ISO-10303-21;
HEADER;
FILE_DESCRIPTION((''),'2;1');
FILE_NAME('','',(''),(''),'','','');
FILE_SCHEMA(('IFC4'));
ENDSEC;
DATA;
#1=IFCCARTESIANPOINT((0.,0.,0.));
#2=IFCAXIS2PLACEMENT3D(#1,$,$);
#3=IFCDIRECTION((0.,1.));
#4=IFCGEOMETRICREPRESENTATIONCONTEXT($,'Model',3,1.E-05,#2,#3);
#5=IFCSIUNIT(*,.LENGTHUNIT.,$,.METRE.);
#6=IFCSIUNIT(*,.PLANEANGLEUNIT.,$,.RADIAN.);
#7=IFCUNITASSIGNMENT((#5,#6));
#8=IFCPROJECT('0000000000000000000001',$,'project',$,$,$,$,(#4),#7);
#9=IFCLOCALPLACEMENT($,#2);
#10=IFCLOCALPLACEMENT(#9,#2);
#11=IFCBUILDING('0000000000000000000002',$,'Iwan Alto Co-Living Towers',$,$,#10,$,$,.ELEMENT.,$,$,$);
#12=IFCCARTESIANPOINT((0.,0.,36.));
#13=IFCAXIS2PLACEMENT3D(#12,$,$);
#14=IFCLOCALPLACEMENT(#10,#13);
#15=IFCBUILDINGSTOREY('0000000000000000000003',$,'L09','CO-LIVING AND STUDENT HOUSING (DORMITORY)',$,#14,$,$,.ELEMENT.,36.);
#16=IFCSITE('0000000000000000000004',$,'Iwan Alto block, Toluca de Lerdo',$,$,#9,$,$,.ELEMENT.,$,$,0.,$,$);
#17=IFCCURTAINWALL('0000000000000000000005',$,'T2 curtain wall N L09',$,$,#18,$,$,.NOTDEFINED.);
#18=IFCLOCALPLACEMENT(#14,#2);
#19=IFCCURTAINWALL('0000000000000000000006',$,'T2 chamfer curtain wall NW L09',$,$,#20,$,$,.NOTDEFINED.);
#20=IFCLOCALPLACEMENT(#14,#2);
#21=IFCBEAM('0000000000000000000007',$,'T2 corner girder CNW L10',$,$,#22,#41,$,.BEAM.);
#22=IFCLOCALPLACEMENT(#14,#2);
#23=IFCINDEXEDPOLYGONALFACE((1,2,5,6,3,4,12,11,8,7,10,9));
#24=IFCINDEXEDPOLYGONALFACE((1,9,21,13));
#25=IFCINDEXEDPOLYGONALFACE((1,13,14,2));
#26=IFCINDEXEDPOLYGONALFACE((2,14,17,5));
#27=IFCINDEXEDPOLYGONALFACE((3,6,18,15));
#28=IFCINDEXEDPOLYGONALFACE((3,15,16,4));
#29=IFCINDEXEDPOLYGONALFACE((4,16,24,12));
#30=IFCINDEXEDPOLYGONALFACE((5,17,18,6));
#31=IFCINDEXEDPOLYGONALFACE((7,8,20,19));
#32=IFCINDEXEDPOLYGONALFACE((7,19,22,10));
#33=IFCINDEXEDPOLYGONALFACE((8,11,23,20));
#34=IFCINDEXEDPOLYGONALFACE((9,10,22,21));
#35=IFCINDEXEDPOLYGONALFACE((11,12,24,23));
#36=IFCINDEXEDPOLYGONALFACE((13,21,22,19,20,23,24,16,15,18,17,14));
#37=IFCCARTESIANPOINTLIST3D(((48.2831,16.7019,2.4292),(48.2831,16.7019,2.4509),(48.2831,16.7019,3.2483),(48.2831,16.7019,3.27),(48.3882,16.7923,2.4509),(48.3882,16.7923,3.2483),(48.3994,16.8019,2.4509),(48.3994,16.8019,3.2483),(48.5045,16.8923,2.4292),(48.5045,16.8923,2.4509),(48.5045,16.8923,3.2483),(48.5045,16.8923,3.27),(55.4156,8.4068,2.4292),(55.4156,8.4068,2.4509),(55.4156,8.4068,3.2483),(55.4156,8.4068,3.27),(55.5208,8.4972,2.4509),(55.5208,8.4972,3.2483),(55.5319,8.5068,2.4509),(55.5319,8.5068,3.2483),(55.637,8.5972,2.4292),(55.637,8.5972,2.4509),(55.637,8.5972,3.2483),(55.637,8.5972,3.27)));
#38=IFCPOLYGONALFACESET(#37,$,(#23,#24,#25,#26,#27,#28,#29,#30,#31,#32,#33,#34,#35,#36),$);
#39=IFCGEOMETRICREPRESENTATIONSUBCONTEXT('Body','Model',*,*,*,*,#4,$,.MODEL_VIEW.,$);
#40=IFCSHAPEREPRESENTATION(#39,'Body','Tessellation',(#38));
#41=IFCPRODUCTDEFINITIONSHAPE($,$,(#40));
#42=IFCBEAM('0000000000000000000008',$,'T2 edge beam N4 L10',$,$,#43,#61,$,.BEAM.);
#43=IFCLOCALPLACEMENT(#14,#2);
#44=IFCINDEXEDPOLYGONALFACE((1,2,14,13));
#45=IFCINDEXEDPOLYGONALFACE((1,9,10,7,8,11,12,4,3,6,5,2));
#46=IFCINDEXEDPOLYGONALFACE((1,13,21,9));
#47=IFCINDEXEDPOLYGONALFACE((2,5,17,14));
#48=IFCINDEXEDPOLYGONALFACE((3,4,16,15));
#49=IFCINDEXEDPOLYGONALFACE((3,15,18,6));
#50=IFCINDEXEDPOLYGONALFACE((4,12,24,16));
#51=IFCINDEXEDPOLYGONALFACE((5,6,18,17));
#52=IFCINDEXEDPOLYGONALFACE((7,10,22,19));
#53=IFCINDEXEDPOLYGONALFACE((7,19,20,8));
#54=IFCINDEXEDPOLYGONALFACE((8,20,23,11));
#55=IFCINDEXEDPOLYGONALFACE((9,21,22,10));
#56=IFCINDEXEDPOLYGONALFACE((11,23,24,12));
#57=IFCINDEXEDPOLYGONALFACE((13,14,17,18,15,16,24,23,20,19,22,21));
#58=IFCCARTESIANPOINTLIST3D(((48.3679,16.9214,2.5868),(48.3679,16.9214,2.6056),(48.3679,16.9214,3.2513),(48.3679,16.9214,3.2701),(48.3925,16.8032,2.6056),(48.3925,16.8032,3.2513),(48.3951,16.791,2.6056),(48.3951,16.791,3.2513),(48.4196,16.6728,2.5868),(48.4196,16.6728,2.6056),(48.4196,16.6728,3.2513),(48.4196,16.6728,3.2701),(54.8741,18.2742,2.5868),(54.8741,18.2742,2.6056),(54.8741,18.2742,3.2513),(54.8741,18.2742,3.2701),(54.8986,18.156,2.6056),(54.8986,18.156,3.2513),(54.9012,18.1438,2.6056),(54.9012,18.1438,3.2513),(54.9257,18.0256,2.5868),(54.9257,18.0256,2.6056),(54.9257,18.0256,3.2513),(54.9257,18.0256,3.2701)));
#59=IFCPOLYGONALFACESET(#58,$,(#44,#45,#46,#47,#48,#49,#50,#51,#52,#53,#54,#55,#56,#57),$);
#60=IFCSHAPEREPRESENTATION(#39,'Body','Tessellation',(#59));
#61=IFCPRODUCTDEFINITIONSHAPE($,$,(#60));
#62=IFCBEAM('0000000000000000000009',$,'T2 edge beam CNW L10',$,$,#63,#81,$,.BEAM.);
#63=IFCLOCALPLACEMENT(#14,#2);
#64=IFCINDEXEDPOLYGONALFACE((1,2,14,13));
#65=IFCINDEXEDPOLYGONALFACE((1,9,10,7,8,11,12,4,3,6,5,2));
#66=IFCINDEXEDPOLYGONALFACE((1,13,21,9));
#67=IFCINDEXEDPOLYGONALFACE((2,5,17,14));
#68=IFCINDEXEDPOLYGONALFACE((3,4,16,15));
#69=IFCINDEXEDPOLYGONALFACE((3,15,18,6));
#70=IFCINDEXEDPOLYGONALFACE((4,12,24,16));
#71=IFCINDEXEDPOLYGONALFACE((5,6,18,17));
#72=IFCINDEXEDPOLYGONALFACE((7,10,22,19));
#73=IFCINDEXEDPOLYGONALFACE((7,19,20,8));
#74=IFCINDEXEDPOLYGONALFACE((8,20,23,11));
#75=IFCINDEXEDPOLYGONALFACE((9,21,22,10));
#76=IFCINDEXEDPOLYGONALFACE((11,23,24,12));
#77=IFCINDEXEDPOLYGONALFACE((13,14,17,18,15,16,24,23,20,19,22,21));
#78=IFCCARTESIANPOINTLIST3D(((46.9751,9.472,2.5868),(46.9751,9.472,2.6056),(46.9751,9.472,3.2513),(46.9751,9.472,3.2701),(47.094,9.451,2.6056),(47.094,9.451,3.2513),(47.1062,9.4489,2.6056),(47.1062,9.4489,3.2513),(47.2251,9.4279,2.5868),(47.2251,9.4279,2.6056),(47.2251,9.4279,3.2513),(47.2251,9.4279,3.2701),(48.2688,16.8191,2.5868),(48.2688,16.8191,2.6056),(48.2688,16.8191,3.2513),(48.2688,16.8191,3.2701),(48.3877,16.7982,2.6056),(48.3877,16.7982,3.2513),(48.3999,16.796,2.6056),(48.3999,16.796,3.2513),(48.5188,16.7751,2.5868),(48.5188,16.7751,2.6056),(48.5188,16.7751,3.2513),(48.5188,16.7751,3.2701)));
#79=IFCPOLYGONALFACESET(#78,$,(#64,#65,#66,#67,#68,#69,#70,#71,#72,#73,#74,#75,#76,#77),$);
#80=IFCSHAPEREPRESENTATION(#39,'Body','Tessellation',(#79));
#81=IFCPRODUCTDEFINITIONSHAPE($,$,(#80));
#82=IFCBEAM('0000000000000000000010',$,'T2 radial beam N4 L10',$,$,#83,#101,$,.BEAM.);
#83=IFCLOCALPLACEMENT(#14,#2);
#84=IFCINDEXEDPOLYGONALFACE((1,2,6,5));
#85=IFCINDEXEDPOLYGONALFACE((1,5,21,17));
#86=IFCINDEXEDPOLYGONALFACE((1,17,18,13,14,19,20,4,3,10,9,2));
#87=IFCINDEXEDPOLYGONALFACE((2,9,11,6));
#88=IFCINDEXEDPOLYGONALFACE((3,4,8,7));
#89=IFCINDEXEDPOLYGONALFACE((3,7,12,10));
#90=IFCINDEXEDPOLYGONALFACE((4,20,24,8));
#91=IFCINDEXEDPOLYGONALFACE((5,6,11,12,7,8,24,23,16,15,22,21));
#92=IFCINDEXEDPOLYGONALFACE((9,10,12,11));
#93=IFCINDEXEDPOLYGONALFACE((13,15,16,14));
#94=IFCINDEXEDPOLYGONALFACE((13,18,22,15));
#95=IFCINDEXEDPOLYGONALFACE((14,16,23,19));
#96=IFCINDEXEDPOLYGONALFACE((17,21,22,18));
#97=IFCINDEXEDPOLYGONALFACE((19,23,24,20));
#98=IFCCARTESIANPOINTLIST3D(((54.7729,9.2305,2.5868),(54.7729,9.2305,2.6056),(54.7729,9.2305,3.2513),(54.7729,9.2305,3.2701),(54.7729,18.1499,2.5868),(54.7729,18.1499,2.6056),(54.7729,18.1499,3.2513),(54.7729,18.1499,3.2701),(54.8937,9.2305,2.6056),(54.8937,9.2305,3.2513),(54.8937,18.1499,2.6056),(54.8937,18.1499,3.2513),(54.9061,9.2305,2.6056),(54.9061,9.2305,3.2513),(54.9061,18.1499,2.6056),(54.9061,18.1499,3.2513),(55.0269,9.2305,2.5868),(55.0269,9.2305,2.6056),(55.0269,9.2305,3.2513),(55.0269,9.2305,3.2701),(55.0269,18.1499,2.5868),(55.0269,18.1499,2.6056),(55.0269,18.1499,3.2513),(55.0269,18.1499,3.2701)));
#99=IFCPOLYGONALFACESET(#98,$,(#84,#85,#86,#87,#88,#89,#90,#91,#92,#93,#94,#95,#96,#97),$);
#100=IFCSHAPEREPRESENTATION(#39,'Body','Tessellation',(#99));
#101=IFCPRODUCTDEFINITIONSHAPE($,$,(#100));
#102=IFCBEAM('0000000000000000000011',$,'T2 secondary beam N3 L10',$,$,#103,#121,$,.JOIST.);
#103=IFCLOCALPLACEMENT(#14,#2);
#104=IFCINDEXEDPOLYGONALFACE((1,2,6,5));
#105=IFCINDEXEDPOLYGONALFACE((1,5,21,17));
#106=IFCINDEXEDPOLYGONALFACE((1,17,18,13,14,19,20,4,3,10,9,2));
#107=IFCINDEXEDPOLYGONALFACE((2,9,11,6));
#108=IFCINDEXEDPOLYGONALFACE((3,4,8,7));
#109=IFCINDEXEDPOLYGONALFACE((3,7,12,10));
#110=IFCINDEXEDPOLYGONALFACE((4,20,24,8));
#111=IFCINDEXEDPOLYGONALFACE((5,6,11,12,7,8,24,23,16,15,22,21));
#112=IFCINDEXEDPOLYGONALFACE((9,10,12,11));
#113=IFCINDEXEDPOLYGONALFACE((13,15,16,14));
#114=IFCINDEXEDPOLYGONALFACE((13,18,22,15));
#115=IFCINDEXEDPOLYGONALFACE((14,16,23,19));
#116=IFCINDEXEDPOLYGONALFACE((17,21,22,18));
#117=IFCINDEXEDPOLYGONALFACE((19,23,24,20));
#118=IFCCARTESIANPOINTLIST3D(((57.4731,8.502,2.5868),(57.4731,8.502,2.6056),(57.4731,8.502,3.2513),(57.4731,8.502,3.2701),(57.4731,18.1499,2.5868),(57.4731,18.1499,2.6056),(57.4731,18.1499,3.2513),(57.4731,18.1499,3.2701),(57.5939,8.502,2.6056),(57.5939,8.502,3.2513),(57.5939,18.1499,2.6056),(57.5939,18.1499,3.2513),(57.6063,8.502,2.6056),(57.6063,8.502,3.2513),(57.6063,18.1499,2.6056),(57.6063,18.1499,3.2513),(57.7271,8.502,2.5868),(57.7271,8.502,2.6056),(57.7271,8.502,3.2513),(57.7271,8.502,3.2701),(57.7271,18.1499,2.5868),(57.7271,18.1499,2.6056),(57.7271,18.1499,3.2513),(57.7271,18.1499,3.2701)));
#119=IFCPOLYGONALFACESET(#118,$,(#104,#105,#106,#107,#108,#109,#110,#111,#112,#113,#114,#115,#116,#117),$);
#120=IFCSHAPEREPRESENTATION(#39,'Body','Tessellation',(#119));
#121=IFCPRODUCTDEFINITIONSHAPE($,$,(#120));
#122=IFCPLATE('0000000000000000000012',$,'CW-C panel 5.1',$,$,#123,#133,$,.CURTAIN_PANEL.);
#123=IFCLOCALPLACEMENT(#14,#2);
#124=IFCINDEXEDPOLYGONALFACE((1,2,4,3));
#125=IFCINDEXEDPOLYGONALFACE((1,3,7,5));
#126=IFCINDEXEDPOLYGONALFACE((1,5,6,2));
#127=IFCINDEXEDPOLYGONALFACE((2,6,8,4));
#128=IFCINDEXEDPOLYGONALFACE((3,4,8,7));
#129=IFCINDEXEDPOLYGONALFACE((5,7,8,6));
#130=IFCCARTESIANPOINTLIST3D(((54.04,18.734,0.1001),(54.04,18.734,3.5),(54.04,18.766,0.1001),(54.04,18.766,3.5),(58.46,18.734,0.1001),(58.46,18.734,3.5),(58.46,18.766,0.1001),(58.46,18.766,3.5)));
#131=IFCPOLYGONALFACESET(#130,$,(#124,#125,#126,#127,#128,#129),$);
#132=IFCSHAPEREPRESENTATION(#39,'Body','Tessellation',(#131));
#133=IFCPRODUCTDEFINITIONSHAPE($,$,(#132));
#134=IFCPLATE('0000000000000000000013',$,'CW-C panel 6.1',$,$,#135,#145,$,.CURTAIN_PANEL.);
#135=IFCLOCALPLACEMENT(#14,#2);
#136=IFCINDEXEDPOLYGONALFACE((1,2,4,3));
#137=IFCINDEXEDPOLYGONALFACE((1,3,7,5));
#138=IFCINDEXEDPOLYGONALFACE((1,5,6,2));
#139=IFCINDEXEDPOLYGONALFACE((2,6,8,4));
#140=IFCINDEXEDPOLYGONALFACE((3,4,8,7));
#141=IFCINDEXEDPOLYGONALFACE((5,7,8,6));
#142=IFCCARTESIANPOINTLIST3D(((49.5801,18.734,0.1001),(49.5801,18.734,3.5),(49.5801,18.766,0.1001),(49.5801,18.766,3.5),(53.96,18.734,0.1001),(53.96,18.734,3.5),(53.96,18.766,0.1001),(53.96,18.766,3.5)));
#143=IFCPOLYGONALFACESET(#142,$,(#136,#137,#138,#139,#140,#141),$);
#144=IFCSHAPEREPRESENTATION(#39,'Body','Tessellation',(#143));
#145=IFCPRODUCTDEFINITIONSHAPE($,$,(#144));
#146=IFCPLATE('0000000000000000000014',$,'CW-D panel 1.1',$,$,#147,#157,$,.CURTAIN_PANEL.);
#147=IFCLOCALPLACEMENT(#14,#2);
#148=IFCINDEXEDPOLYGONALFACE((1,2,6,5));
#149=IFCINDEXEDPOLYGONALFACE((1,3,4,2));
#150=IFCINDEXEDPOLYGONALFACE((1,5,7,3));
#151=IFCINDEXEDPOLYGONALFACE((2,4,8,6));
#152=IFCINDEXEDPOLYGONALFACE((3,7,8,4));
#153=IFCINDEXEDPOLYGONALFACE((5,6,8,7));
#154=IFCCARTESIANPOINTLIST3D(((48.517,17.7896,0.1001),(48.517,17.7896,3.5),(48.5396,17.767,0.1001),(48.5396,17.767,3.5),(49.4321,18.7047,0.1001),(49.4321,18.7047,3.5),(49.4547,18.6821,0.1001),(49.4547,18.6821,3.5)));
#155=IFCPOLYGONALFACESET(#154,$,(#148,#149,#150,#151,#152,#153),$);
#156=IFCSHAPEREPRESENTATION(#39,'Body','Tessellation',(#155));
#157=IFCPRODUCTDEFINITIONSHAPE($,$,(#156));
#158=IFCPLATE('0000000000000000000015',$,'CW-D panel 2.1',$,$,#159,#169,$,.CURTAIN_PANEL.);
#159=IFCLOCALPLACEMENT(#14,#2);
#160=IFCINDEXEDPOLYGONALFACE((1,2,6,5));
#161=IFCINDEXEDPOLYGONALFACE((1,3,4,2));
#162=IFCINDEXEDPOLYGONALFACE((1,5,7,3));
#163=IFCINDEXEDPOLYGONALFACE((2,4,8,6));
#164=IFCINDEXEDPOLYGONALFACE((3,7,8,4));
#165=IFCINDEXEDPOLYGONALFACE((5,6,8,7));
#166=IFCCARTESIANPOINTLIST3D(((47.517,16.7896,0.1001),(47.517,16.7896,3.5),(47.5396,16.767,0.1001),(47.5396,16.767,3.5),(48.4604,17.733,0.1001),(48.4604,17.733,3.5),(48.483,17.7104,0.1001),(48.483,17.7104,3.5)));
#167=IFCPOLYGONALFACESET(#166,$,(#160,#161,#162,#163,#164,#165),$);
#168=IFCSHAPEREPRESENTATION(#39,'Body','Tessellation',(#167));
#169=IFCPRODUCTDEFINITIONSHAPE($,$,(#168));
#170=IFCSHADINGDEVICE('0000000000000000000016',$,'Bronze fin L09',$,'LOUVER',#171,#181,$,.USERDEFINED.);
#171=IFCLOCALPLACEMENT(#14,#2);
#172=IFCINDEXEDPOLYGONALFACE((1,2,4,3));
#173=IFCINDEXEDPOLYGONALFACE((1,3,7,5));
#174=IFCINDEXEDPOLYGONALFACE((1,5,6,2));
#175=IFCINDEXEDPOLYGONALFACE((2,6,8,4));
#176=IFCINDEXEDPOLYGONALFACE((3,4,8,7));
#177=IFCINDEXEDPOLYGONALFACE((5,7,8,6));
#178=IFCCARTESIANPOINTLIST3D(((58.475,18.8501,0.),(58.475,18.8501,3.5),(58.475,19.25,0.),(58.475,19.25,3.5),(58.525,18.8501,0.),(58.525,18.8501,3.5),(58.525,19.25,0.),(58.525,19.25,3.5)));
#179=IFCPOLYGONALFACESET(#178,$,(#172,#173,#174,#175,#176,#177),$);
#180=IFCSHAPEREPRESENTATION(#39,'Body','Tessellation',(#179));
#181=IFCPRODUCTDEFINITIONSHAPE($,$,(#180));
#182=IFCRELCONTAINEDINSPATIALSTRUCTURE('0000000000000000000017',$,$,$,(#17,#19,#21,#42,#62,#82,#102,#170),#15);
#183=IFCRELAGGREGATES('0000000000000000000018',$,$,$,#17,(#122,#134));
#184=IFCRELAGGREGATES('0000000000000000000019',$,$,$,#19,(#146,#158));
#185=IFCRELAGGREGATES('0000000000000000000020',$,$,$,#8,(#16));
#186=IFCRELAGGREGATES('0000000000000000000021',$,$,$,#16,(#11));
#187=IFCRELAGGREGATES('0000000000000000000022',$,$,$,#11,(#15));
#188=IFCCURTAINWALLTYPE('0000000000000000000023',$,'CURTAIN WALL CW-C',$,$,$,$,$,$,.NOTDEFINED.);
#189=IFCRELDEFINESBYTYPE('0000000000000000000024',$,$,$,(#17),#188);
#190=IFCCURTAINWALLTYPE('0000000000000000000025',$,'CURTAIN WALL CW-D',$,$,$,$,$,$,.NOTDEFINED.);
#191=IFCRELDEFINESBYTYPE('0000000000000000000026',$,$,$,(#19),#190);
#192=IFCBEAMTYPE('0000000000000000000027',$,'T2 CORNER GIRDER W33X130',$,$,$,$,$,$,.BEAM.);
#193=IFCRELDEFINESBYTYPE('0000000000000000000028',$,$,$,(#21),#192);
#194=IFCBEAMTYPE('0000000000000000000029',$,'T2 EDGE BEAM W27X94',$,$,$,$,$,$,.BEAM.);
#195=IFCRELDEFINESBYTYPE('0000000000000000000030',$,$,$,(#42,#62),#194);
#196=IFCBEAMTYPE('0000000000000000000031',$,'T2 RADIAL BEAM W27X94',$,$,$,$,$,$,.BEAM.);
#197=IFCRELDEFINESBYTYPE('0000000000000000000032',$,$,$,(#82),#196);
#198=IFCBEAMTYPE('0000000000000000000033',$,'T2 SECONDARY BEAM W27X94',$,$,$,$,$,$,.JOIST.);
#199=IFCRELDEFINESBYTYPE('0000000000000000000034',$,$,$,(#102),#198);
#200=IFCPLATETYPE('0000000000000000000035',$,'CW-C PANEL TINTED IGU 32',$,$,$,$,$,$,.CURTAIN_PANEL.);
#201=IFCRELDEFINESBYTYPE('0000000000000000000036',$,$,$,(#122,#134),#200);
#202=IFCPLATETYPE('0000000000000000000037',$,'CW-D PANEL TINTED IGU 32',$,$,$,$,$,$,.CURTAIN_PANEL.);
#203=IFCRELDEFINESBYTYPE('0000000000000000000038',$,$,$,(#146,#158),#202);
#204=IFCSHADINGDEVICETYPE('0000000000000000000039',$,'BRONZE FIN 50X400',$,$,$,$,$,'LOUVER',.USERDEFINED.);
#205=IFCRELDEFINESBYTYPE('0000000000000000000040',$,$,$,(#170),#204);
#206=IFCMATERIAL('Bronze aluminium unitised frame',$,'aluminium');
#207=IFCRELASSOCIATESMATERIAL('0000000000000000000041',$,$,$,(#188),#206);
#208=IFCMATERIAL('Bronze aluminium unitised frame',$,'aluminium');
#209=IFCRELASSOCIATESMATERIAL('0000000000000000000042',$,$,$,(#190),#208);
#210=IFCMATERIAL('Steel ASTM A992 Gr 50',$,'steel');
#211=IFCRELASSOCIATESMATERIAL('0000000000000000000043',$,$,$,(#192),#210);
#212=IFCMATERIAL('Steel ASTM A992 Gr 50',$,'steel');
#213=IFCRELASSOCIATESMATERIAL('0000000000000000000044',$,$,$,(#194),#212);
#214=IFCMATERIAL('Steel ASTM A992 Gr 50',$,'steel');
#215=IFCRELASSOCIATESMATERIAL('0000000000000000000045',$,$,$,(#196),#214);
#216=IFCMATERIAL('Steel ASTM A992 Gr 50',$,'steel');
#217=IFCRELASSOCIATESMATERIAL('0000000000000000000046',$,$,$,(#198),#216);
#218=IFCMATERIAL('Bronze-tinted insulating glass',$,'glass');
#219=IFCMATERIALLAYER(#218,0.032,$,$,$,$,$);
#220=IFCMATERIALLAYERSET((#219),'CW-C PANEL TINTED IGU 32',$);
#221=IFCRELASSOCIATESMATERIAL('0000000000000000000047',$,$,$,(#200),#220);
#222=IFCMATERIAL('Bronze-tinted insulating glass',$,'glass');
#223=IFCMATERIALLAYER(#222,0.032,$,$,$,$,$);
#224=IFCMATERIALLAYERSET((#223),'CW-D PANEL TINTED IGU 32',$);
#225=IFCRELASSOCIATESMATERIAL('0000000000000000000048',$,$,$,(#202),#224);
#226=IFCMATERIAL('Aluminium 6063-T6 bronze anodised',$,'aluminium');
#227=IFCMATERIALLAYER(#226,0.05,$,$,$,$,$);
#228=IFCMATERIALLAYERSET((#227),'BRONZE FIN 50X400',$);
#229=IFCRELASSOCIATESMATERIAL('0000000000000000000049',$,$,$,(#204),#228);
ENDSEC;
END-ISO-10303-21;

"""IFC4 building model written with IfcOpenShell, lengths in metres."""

from ifc_helpers import new_model, si_unit, direction, frame, origin, origin_2d, place, context, subcontext, project, spatial, rectangle, i_section, extrude, material, layer, layer_set, material_profile, profile_set, type_object, element, aggregate, save


model = new_model("IFC4")

# Units and contexts
model_context = context("Model", 3, precision=1e-05, world=origin(), true_north=direction((0.0, 1.0)))
body_context = subcontext(model_context, "Body", "Model", "MODEL_VIEW")
ifc_project = project(units=[si_unit("LENGTHUNIT", "METRE"), si_unit("PLANEANGLEUNIT", "RADIAN")], contexts=[model_context])

# Site, building, storey
site_placement = place(None, origin())
site = spatial("IfcSite", under=ifc_project, at=site_placement, Name="Iwan Alto block, Toluca de Lerdo", CompositionType="ELEMENT", RefElevation=0.0)
building_placement = place(site_placement, origin())
building = spatial("IfcBuilding", under=site, at=building_placement, Name="Iwan Alto Co-Living Towers", CompositionType="ELEMENT")
storey_placement = place(building_placement, frame((0.0, 0.0, 36.0)))
storey = spatial("IfcBuildingStorey", under=building, at=storey_placement, Name="L09", Description="CO-LIVING AND STUDENT HOUSING (DORMITORY)", CompositionType="ELEMENT", Elevation=36.0)

# Curtain walls
ifc_material_1 = material(Name="Bronze aluminium unitised frame", Category="aluminium")
curtain_wall_type_1 = type_object("IfcCurtainWallType", Name="CURTAIN WALL CW-C", PredefinedType="NOTDEFINED", material=ifc_material_1)
curtain_wall_1_placement = place(storey_placement, origin())
curtain_wall_1 = element("IfcCurtainWall", 1, at=curtain_wall_1_placement, inside=storey, type_object=curtain_wall_type_1, Name="T2 curtain wall N L09", PredefinedType="NOTDEFINED")
ifc_material_2 = material(Name="Bronze aluminium unitised frame", Category="aluminium")
curtain_wall_type_2 = type_object("IfcCurtainWallType", Name="CURTAIN WALL CW-D", PredefinedType="NOTDEFINED", material=ifc_material_2)
curtain_wall_2_placement = place(storey_placement, origin())
curtain_wall_2 = element("IfcCurtainWall", 2, at=curtain_wall_2_placement, inside=storey, type_object=curtain_wall_type_2, Name="T2 chamfer curtain wall NW L09", PredefinedType="NOTDEFINED")

# Beams
ifc_material_3 = material(Name="Steel ASTM A992 Gr 50", Category="steel")
ifc_material_profile_1 = material_profile(ifc_material_3, i_section(OverallWidth=0.292, OverallDepth=0.8408, WebThickness=0.0146, FlangeThickness=0.0217, at=origin_2d()), Name="W33X130")
ifc_profile_set_1 = profile_set([ifc_material_profile_1], Name="Steel ASTM A992 Gr 50")
beam_type_1 = type_object("IfcBeamType", Name="T2 CORNER GIRDER W33X130", PredefinedType="BEAM", material=ifc_profile_set_1)
beam_1_placement = place(storey_placement, frame((48.3938, 16.7971, 2.8496), z_axis=(0.651972, -0.758243, 0.0), x_axis=(0.758243, 0.651972, 0.0)))
element("IfcBeam", 3, at=beam_1_placement, inside=storey, type_object=beam_type_1, Name="T2 corner girder CNW L10", PredefinedType="BEAM", context=body_context, shape_type="SweptSolid", body=[
    extrude(i_section(OverallWidth=0.292, OverallDepth=0.8408, WebThickness=0.0146, FlangeThickness=0.0217, at=origin_2d()), origin(), (0.0, 0.0, 1.0), 10.9399),
])
ifc_material_4 = material(Name="Steel ASTM A992 Gr 50", Category="steel")
ifc_material_profile_2 = material_profile(ifc_material_4, i_section(OverallWidth=0.2539, OverallDepth=0.6833, WebThickness=0.0125, FlangeThickness=0.0188, at=origin_2d()), Name="W27X94")
ifc_profile_set_2 = profile_set([ifc_material_profile_2], Name="Steel ASTM A992 Gr 50")
beam_type_2 = type_object("IfcBeamType", Name="T2 EDGE BEAM W27X94", PredefinedType="BEAM", material=ifc_profile_set_2)
beam_2_placement = place(storey_placement, frame((54.8999, 18.1499, 2.9285), z_axis=(-0.97906, -0.203571, 0.0), x_axis=(0.203571, -0.97906, 0.0)))
element("IfcBeam", 4, at=beam_2_placement, inside=storey, type_object=beam_type_2, Name="T2 edge beam N4 L10", PredefinedType="BEAM", context=body_context, shape_type="SweptSolid", body=[
    extrude(i_section(OverallWidth=0.2539, OverallDepth=0.6833, WebThickness=0.0125, FlangeThickness=0.0188, at=origin_2d()), origin(), (0.0, 0.0, 1.0), 6.6453),
])
beam_3_placement = place(storey_placement, frame((48.3938, 16.7971, 2.9285), z_axis=(-0.173414, -0.984849, 0.0), x_axis=(0.984849, -0.173414, 0.0)))
element("IfcBeam", 5, at=beam_3_placement, inside=storey, type_object=beam_type_2, Name="T2 edge beam CNW L10", PredefinedType="BEAM", context=body_context, shape_type="SweptSolid", body=[
    extrude(i_section(OverallWidth=0.2539, OverallDepth=0.6833, WebThickness=0.0125, FlangeThickness=0.0188, at=origin_2d()), origin(), (0.0, 0.0, 1.0), 7.4602),
])
ifc_material_5 = material(Name="Steel ASTM A992 Gr 50", Category="steel")
ifc_material_profile_3 = material_profile(ifc_material_5, i_section(OverallWidth=0.2539, OverallDepth=0.6833, WebThickness=0.0125, FlangeThickness=0.0188, at=origin_2d()), Name="W27X94")
ifc_profile_set_3 = profile_set([ifc_material_profile_3], Name="Steel ASTM A992 Gr 50")
beam_type_3 = type_object("IfcBeamType", Name="T2 RADIAL BEAM W27X94", PredefinedType="BEAM", material=ifc_profile_set_3)
beam_4_placement = place(storey_placement, frame((54.8999, 18.1499, 2.9285), z_axis=(0.0, -1.0, 0.0), x_axis=(1.0, 0.0, 0.0)))
element("IfcBeam", 6, at=beam_4_placement, inside=storey, type_object=beam_type_3, Name="T2 radial beam N4 L10", PredefinedType="BEAM", context=body_context, shape_type="SweptSolid", body=[
    extrude(i_section(OverallWidth=0.2539, OverallDepth=0.6833, WebThickness=0.0125, FlangeThickness=0.0188, at=origin_2d()), origin(), (0.0, 0.0, 1.0), 8.9194),
])
ifc_material_6 = material(Name="Steel ASTM A992 Gr 50", Category="steel")
ifc_material_profile_4 = material_profile(ifc_material_6, i_section(OverallWidth=0.2539, OverallDepth=0.6833, WebThickness=0.0125, FlangeThickness=0.0188, at=origin_2d()), Name="W27X94")
ifc_profile_set_4 = profile_set([ifc_material_profile_4], Name="Steel ASTM A992 Gr 50")
beam_type_4 = type_object("IfcBeamType", Name="T2 SECONDARY BEAM W27X94", PredefinedType="JOIST", material=ifc_profile_set_4)
beam_5_placement = place(storey_placement, frame((57.6001, 18.1499, 2.9285), z_axis=(0.0, -1.0, 0.0), x_axis=(1.0, 0.0, 0.0)))
element("IfcBeam", 7, at=beam_5_placement, inside=storey, type_object=beam_type_4, Name="T2 secondary beam N3 L10", PredefinedType="JOIST", context=body_context, shape_type="SweptSolid", body=[
    extrude(i_section(OverallWidth=0.2539, OverallDepth=0.6833, WebThickness=0.0125, FlangeThickness=0.0188, at=origin_2d()), origin(), (0.0, 0.0, 1.0), 9.6479),
])

# Plates
ifc_material_7 = material(Name="Bronze-tinted insulating glass", Category="glass")
ifc_layer_1 = layer(ifc_material_7, 0.032)
ifc_layer_set_1 = layer_set([ifc_layer_1], Name="CW-C PANEL TINTED IGU 32")
plate_type_1 = type_object("IfcPlateType", Name="CW-C PANEL TINTED IGU 32", PredefinedType="CURTAIN_PANEL", material=ifc_layer_set_1)
plate_1_placement = place(storey_placement, frame((56.25, 18.75, 0.1001), z_axis=(0.0, 0.0, 1.0), x_axis=(-1.0, 0.0, 0.0)))
plate_1 = element("IfcPlate", 8, at=plate_1_placement, type_object=plate_type_1, Name="CW-C panel 5.1", PredefinedType="CURTAIN_PANEL", context=body_context, shape_type="SweptSolid", body=[
    extrude(rectangle(XDim=4.4199, YDim=0.032, at=origin_2d()), origin(), (0.0, 0.0, 1.0), 3.3999),
])
plate_2_placement = place(storey_placement, frame((51.77, 18.75, 0.1001), z_axis=(0.0, 0.0, 1.0), x_axis=(-1.0, 0.0, 0.0)))
plate_2 = element("IfcPlate", 9, at=plate_2_placement, type_object=plate_type_1, Name="CW-C panel 6.1", PredefinedType="CURTAIN_PANEL", context=body_context, shape_type="SweptSolid", body=[
    extrude(rectangle(XDim=4.3799, YDim=0.032, at=origin_2d()), origin(), (0.0, 0.0, 1.0), 3.3999),
])
aggregate(curtain_wall_1, [plate_1, plate_2])
ifc_material_8 = material(Name="Bronze-tinted insulating glass", Category="glass")
ifc_layer_2 = layer(ifc_material_8, 0.032)
ifc_layer_set_2 = layer_set([ifc_layer_2], Name="CW-D PANEL TINTED IGU 32")
plate_type_2 = type_object("IfcPlateType", Name="CW-D PANEL TINTED IGU 32", PredefinedType="CURTAIN_PANEL", material=ifc_layer_set_2)
plate_3_placement = place(storey_placement, frame((48.9858, 18.2358, 0.1001), z_axis=(0.0, 0.0, 1.0), x_axis=(-0.707107, -0.707107, 0.0)))
plate_3 = element("IfcPlate", 10, at=plate_3_placement, type_object=plate_type_2, Name="CW-D panel 1.1", PredefinedType="CURTAIN_PANEL", context=body_context, shape_type="SweptSolid", body=[
    extrude(rectangle(XDim=1.2942, YDim=0.032, at=origin_2d()), origin(), (0.0, 0.0, 1.0), 3.3999),
])
plate_4_placement = place(storey_placement, frame((48.0, 17.25, 0.1001), z_axis=(0.0, 0.0, 1.0), x_axis=(-0.707107, -0.707107, 0.0)))
plate_4 = element("IfcPlate", 11, at=plate_4_placement, type_object=plate_type_2, Name="CW-D panel 2.1", PredefinedType="CURTAIN_PANEL", context=body_context, shape_type="SweptSolid", body=[
    extrude(rectangle(XDim=1.3342, YDim=0.032, at=origin_2d()), origin(), (0.0, 0.0, 1.0), 3.3999),
])
aggregate(curtain_wall_2, [plate_3, plate_4])

# Shading device
ifc_material_9 = material(Name="Aluminium 6063-T6 bronze anodised", Category="aluminium")
ifc_layer_3 = layer(ifc_material_9, 0.05)
ifc_layer_set_3 = layer_set([ifc_layer_3], Name="BRONZE FIN 50X400")
shading_device_type = type_object("IfcShadingDeviceType", Name="BRONZE FIN 50X400", ElementType="LOUVER", PredefinedType="USERDEFINED", material=ifc_layer_set_3)
shading_device_placement = place(storey_placement, frame((58.5, 19.05, 0.0), z_axis=(0.0, 0.0, 1.0), x_axis=(-1.0, 0.0, 0.0)))
element("IfcShadingDevice", 12, at=shading_device_placement, inside=storey, type_object=shading_device_type, Name="Bronze fin L09", ObjectType="LOUVER", PredefinedType="USERDEFINED", context=body_context, shape_type="SweptSolid", body=[
    extrude(rectangle(XDim=0.05, YDim=0.3999, at=origin_2d()), origin(), (0.0, 0.0, 1.0), 3.5),
])

save(model, "model.ifc")
